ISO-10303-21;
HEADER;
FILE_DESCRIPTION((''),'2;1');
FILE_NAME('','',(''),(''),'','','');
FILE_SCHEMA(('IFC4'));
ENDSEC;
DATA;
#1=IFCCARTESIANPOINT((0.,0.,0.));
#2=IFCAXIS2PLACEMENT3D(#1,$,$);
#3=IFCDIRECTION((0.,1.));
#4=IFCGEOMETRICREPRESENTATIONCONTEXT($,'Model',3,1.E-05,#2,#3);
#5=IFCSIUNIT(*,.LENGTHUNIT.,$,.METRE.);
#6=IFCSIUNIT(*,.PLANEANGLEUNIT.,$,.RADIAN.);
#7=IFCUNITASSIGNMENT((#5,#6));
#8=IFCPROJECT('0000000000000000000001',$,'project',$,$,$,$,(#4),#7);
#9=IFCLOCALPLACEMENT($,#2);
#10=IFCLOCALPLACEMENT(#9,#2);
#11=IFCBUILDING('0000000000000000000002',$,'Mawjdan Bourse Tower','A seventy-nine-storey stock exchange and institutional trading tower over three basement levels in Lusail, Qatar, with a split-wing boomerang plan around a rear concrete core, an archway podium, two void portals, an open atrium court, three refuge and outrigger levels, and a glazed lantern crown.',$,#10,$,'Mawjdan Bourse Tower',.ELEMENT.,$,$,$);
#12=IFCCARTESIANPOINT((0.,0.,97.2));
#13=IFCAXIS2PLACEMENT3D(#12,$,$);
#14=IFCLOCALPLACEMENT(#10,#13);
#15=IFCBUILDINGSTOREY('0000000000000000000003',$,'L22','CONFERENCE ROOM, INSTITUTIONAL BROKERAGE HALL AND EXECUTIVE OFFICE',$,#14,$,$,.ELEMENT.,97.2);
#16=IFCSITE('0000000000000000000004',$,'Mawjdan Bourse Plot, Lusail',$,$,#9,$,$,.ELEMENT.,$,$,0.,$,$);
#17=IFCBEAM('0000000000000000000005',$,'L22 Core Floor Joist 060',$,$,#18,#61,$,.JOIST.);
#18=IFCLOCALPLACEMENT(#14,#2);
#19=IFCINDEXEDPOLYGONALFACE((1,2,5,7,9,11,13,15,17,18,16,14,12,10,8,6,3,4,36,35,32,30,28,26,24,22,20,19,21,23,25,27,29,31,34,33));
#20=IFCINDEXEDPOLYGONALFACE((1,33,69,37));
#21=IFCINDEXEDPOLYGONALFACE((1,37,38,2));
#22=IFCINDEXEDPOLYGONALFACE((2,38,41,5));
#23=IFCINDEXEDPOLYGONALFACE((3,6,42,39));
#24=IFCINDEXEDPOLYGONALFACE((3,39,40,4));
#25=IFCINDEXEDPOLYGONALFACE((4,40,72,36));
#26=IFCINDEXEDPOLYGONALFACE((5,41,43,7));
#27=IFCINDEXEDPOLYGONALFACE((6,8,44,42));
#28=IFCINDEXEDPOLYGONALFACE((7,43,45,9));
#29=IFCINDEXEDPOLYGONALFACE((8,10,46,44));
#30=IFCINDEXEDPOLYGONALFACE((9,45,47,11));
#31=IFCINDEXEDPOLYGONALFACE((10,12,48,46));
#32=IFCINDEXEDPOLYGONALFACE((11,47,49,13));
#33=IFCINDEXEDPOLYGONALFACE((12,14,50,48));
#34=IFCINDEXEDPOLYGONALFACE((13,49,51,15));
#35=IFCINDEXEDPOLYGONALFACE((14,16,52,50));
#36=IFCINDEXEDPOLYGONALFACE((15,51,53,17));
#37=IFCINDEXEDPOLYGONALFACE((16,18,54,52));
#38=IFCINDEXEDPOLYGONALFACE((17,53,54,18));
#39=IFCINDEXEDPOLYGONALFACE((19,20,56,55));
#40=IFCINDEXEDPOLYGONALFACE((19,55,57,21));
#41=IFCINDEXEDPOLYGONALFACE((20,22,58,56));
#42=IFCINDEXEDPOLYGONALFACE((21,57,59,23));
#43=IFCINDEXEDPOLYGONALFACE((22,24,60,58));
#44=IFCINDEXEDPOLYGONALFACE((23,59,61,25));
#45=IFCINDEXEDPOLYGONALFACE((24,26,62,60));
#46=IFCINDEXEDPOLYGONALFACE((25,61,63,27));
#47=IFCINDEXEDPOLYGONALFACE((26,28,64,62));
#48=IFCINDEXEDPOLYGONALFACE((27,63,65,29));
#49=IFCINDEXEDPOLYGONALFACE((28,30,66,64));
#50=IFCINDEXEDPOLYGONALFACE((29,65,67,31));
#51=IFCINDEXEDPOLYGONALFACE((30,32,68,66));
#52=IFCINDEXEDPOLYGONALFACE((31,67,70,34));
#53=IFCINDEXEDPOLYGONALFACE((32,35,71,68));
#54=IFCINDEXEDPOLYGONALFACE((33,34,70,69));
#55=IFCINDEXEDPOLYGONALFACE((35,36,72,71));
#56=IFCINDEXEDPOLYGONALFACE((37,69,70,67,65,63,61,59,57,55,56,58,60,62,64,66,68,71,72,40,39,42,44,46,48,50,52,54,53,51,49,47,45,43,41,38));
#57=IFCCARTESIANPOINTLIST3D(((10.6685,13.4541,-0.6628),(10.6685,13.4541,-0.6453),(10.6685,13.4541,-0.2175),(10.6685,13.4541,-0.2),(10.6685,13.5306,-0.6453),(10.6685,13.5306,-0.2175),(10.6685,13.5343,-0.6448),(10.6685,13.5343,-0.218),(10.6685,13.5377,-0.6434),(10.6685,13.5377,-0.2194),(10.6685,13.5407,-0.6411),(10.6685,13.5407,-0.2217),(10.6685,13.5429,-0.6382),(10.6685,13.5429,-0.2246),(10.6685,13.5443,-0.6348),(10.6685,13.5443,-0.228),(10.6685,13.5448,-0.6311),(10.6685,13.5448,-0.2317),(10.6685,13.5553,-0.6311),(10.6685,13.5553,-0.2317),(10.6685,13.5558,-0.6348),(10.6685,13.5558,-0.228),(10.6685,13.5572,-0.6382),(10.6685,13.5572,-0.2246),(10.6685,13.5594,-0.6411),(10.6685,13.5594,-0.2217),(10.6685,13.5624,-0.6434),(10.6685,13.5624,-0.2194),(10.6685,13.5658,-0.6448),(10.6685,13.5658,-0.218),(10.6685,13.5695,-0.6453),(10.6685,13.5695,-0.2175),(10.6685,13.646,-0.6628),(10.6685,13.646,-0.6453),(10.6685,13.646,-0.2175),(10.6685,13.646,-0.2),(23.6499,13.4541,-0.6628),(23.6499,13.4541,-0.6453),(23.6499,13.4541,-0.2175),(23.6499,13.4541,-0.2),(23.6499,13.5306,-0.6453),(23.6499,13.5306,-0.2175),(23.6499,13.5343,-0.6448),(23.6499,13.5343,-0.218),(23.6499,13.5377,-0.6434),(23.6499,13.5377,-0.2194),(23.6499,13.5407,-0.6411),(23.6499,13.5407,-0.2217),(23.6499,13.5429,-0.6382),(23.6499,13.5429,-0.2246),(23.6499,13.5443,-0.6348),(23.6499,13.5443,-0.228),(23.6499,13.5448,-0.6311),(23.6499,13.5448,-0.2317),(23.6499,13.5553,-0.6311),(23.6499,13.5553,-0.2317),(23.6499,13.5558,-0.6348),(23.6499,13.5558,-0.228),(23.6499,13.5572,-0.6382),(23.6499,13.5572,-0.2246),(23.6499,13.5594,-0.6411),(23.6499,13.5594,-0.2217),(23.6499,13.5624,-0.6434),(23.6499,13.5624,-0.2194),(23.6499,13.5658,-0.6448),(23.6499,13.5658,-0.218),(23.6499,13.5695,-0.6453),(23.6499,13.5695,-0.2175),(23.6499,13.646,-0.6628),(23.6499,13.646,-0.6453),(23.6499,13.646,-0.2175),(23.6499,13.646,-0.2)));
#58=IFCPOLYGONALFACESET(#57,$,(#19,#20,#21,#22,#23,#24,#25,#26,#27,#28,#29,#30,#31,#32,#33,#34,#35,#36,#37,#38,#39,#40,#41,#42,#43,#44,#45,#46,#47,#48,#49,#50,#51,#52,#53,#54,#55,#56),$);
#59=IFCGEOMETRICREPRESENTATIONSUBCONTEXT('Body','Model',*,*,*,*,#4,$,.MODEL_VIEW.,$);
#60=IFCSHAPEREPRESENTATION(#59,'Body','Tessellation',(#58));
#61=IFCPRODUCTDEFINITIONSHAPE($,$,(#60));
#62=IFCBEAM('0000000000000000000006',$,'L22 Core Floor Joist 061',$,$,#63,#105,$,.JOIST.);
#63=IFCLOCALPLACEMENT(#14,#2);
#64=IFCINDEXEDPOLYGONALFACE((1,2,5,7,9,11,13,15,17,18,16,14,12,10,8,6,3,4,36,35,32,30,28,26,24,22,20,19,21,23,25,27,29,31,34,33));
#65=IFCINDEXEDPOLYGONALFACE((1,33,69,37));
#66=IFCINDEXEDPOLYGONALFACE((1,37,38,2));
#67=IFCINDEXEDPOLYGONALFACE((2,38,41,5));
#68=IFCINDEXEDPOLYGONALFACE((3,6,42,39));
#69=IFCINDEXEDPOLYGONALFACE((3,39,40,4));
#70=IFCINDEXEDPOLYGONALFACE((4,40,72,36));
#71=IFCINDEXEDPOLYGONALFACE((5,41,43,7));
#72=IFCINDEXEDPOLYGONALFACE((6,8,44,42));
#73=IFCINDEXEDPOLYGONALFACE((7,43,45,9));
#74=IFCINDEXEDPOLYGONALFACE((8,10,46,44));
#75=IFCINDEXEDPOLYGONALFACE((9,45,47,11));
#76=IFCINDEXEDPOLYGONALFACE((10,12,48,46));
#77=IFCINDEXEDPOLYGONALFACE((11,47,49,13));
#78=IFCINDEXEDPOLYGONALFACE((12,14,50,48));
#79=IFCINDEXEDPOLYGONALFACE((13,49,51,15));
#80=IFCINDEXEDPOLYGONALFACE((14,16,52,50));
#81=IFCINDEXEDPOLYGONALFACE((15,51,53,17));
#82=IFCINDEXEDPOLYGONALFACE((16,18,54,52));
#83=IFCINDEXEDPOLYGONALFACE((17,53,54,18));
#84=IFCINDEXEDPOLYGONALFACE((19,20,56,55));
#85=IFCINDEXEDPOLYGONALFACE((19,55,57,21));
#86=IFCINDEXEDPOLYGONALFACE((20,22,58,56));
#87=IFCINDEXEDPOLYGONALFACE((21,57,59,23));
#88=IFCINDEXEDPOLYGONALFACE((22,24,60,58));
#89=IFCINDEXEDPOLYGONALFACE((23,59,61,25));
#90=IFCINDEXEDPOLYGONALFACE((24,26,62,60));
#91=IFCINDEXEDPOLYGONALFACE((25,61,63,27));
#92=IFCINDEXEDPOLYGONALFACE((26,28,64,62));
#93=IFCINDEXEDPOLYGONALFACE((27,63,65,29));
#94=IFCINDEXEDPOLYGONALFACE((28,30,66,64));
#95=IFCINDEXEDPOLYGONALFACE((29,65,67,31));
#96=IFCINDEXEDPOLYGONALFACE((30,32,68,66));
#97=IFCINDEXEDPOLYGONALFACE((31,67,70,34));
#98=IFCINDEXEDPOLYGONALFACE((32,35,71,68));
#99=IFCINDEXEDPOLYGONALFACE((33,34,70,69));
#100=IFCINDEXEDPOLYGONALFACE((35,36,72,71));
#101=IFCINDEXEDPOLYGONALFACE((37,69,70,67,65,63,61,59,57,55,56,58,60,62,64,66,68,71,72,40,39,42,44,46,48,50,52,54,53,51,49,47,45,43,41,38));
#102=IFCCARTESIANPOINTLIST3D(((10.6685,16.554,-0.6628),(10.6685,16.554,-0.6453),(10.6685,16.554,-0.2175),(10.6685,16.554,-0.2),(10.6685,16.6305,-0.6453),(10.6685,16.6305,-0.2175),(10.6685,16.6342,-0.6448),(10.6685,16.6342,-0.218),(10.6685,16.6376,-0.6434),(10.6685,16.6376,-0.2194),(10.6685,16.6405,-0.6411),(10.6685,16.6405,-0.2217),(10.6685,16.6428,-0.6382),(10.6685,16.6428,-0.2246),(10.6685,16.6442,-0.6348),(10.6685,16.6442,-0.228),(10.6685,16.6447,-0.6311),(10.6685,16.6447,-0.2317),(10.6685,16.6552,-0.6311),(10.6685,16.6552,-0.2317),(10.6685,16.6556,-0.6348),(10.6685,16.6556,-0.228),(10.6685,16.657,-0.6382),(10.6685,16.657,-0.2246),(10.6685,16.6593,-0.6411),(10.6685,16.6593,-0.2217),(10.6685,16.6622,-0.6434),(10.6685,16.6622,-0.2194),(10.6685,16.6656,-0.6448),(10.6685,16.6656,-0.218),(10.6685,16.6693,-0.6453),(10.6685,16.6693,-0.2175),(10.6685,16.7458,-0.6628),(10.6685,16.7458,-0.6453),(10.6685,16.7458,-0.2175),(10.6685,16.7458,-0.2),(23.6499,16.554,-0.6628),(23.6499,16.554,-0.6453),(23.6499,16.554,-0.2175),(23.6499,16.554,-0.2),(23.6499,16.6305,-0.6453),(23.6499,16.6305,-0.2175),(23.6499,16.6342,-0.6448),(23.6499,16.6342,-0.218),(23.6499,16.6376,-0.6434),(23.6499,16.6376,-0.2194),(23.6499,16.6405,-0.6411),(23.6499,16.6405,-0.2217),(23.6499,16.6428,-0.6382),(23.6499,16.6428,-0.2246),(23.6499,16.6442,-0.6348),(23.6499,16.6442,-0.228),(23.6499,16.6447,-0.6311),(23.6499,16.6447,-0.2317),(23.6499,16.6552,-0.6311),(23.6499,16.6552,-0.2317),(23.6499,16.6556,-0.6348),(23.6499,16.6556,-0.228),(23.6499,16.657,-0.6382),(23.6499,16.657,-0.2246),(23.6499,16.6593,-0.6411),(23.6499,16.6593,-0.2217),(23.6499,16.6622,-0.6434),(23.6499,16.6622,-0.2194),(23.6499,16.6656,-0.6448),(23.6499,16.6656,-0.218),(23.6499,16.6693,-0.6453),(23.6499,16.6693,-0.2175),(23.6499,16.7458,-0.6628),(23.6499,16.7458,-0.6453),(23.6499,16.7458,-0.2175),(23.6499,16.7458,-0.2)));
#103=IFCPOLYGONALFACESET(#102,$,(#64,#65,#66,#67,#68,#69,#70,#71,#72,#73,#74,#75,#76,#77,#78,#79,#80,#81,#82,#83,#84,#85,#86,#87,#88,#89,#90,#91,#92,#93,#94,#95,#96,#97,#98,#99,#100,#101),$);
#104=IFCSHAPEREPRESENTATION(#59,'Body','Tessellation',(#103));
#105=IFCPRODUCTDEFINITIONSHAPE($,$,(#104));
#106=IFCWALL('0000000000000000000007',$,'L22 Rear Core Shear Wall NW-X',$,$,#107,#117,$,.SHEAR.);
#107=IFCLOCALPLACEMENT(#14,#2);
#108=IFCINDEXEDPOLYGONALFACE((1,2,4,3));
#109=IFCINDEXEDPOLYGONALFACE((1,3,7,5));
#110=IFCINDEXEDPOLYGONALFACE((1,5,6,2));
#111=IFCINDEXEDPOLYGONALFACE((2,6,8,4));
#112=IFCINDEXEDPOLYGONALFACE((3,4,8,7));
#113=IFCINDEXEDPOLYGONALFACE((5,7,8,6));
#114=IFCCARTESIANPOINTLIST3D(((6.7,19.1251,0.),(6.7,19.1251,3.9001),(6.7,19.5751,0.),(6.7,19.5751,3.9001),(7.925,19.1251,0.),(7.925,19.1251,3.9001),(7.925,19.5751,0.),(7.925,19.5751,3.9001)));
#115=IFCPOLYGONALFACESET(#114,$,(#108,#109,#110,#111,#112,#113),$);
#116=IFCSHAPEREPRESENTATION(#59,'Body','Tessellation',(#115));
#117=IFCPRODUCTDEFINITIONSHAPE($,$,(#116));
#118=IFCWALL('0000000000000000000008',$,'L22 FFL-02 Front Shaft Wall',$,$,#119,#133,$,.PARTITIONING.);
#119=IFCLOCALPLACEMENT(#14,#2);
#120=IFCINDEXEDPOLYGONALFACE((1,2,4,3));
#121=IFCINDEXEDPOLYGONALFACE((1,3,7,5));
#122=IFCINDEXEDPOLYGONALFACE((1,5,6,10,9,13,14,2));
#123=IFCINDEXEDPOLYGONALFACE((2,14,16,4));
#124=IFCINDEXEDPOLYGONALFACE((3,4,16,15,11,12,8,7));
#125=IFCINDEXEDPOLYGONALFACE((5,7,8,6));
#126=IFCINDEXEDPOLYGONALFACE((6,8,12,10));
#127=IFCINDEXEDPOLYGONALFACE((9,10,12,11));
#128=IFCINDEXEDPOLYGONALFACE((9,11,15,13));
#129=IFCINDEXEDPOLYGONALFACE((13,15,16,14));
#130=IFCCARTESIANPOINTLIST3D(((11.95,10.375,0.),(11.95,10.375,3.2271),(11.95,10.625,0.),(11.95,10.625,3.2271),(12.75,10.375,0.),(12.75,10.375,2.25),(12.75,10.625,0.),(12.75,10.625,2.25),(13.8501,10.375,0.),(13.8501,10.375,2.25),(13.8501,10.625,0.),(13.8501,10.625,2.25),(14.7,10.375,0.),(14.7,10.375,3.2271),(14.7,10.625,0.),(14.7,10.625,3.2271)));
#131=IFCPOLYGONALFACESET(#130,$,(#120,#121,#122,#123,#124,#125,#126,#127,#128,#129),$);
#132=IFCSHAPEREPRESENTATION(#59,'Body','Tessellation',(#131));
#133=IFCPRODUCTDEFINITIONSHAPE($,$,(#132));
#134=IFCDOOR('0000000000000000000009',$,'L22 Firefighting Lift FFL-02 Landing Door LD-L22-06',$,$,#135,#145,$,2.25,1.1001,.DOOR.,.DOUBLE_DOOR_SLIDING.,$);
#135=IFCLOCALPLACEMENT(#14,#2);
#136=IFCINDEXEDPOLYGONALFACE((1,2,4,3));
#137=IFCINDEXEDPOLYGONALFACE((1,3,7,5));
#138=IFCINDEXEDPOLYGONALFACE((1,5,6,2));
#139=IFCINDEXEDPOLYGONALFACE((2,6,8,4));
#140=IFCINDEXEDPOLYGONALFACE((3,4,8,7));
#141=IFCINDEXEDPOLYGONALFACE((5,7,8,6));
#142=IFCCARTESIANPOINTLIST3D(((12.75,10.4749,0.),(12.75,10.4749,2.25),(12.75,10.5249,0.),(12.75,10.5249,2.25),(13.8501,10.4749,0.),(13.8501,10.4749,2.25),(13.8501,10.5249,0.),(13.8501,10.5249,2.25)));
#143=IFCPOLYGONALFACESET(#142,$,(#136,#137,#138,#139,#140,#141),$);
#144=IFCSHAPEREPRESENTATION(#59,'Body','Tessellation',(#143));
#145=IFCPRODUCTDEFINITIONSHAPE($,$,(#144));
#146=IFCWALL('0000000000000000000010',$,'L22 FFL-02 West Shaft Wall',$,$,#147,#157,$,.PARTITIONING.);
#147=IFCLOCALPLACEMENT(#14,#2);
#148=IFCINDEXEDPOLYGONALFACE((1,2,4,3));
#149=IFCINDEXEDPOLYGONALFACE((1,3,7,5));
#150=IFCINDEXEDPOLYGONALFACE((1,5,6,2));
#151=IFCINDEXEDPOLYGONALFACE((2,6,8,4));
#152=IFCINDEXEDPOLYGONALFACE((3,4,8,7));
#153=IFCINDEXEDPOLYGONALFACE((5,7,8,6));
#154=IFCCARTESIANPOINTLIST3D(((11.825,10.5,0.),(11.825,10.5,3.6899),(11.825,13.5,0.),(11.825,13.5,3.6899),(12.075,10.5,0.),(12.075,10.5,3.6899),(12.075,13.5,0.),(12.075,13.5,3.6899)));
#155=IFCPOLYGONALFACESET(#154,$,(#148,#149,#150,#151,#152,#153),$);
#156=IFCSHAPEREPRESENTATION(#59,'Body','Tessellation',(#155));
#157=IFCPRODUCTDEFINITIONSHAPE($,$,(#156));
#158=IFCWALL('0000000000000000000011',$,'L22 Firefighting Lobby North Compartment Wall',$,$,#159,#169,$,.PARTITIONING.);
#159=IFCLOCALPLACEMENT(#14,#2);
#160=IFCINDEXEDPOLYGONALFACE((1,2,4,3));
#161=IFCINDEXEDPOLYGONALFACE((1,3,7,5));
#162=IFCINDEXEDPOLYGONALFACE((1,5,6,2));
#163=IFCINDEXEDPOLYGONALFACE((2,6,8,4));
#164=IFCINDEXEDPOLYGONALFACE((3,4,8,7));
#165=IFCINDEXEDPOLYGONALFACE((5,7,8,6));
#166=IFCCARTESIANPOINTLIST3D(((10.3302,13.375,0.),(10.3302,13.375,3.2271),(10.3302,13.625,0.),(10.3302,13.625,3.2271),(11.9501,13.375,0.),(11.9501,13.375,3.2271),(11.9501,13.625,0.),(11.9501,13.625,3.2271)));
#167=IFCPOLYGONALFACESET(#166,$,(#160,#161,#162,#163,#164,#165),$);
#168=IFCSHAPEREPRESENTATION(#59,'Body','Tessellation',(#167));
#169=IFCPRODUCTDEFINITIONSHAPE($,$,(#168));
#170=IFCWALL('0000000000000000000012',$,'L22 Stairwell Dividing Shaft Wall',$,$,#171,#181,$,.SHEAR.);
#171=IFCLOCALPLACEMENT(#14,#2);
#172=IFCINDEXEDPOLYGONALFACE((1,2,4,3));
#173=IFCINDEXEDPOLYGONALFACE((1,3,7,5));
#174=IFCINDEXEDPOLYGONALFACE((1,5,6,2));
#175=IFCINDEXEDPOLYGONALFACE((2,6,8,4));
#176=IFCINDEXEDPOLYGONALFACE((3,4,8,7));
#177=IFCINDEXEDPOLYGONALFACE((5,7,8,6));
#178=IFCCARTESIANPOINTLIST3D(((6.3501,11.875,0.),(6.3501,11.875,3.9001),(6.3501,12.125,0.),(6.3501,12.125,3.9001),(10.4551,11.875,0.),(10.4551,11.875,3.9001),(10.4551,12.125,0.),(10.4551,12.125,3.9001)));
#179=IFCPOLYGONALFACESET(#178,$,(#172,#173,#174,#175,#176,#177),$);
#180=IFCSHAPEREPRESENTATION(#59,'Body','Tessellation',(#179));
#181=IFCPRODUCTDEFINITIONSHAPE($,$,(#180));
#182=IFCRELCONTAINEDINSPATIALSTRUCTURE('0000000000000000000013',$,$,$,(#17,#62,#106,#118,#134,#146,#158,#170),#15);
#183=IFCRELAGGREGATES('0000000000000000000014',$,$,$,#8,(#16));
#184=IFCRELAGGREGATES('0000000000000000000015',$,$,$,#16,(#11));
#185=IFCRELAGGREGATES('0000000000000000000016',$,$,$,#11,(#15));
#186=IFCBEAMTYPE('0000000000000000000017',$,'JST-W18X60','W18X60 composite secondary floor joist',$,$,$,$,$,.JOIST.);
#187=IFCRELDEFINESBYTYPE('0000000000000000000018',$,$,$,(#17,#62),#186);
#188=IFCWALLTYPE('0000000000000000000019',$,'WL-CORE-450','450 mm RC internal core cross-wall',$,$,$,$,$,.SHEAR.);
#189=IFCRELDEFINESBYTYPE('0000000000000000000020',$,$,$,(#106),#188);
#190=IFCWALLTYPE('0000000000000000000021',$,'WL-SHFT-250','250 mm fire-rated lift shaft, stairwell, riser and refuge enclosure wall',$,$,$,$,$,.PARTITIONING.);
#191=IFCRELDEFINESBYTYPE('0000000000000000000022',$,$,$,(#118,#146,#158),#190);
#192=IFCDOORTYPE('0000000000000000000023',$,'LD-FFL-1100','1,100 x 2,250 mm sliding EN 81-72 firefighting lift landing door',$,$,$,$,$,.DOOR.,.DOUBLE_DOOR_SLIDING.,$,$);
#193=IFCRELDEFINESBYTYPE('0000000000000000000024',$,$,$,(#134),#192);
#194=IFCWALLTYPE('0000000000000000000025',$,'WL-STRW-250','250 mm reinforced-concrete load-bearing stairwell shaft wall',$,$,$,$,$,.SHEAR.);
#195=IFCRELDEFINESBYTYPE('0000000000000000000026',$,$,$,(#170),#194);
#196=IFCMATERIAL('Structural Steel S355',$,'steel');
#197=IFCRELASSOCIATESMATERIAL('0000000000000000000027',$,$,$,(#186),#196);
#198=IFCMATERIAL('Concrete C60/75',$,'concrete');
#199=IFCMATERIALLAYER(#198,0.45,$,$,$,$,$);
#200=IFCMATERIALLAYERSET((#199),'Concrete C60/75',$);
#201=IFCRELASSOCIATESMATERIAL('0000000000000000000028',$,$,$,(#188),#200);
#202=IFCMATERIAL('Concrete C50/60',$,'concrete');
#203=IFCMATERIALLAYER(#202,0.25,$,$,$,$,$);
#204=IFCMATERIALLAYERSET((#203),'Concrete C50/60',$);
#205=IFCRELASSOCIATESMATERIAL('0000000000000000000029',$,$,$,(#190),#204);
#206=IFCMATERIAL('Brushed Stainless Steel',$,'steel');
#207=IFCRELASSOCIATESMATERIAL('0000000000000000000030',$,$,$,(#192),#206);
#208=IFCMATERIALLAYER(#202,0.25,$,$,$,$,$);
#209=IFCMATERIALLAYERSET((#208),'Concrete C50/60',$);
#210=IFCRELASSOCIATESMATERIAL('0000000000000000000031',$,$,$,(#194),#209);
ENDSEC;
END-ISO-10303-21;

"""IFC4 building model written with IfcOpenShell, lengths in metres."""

from ifc_helpers import new_model, si_unit, direction, frame, frame_2d, origin, origin_2d, place, context, subcontext, project, spatial, rectangle, i_section, extrude, material, layer, layer_set, material_profile, profile_set, type_object, element, fill, save


model = new_model("IFC4")

# Units and contexts
model_context = context("Model", 3, precision=1e-05, world=origin(), true_north=direction((0.0, 1.0)))
body_context = subcontext(model_context, "Body", "Model", "MODEL_VIEW")
ifc_project = project(units=[si_unit("LENGTHUNIT", "METRE"), si_unit("PLANEANGLEUNIT", "RADIAN")], contexts=[model_context])

# Site, building, storey
site_placement = place(None, origin())
site = spatial("IfcSite", under=ifc_project, at=site_placement, Name="Mawjdan Bourse Plot, Lusail", CompositionType="ELEMENT", RefElevation=0.0)
building_placement = place(site_placement, origin())
building = spatial("IfcBuilding", under=site, at=building_placement, Name="Mawjdan Bourse Tower", Description="A seventy-nine-storey stock exchange and institutional trading tower over three basement levels in Lusail, Qatar, with a split-wing boomerang plan around a rear concrete core, an archway podium, two void portals, an open atrium court, three refuge and outrigger levels, and a glazed lantern crown.", LongName="Mawjdan Bourse Tower", CompositionType="ELEMENT")
storey_placement = place(building_placement, frame((0.0, 0.0, 97.2)))
storey = spatial("IfcBuildingStorey", under=building, at=storey_placement, Name="L22", Description="CONFERENCE ROOM, INSTITUTIONAL BROKERAGE HALL AND EXECUTIVE OFFICE", CompositionType="ELEMENT", Elevation=97.2)

# Beams
ifc_material_1 = material(Name="Structural Steel S355", Category="steel")
ifc_material_profile = material_profile(ifc_material_1, i_section(OverallWidth=0.1919, OverallDepth=0.4629, WebThickness=0.0105, FlangeThickness=0.0176, FilletRadius=0.0142, at=origin_2d()), Name="W18X60")
ifc_profile_set = profile_set([ifc_material_profile], Name="Structural Steel S355")
beam_type = type_object("IfcBeamType", Name="JST-W18X60", Description="W18X60 composite secondary floor joist", PredefinedType="JOIST", material=ifc_profile_set)
for number, where, z_axis, x_axis, name in (
    (1, (10.6685, 13.55, -0.4314), (1.0, 0.0, 0.0), (0.0, 1.0, 0.0), "L22 Core Floor Joist 060"),
    (2, (10.6685, 16.6499, -0.4314), (1.0, 0.0, 0.0), (0.0, 1.0, 0.0), "L22 Core Floor Joist 061"),
):
    element("IfcBeam", number, at=place(storey_placement, frame(where, z_axis=z_axis, x_axis=x_axis)), inside=storey, type_object=beam_type, Name=name, PredefinedType="JOIST", context=body_context, shape_type="SweptSolid", body=[
        extrude(i_section(OverallWidth=0.1919, OverallDepth=0.4629, WebThickness=0.0105, FlangeThickness=0.0176, FilletRadius=0.0142, at=origin_2d()), origin(), (0.0, 0.0, 1.0), 12.9814),
    ])

# Wall
ifc_material_2 = material(Name="Concrete C60/75", Category="concrete")
ifc_layer_1 = layer(ifc_material_2, 0.45)
ifc_layer_set_1 = layer_set([ifc_layer_1], Name="Concrete C60/75")
wall_type_1 = type_object("IfcWallType", Name="WL-CORE-450", Description="450 mm RC internal core cross-wall", PredefinedType="SHEAR", material=ifc_layer_set_1)
wall_1_placement = place(storey_placement, frame((6.7, 19.3501, 0.0), z_axis=(0.0, 0.0, 1.0), x_axis=(1.0, 0.0, 0.0)))
element("IfcWall", 3, at=wall_1_placement, inside=storey, type_object=wall_type_1, Name="L22 Rear Core Shear Wall NW-X", PredefinedType="SHEAR", context=body_context, shape_type="SweptSolid", body=[
    extrude(rectangle(XDim=1.2251, YDim=0.45, at=frame_2d((0.6125, 0.0))), origin(), (0.0, 0.0, 1.0), 3.9001),
])

# Wall, opening, door
ifc_material_3 = material(Name="Concrete C50/60", Category="concrete")
ifc_layer_2 = layer(ifc_material_3, 0.25)
ifc_layer_set_2 = layer_set([ifc_layer_2], Name="Concrete C50/60")
wall_type_2 = type_object("IfcWallType", Name="WL-SHFT-250", Description="250 mm fire-rated lift shaft, stairwell, riser and refuge enclosure wall", PredefinedType="PARTITIONING", material=ifc_layer_set_2)
wall_2_placement = place(storey_placement, frame((11.95, 10.5, 0.0), z_axis=(0.0, 0.0, 1.0), x_axis=(1.0, 0.0, 0.0)))
wall_2 = element("IfcWall", 4, at=wall_2_placement, inside=storey, type_object=wall_type_2, Name="L22 FFL-02 Front Shaft Wall", PredefinedType="PARTITIONING", context=body_context, shape_type="SweptSolid", body=[
    extrude(rectangle(XDim=2.75, YDim=0.25, at=frame_2d((1.375, 0.0))), origin(), (0.0, 0.0, 1.0), 3.2271),
])
opening_1_placement = place(wall_2_placement, frame((0.8, 0.0, 0.0)))
opening_1 = element("IfcOpeningElement", 5, at=opening_1_placement, cuts=wall_2, PredefinedType="OPENING", context=body_context, shape_type="SweptSolid", body=[
    extrude(rectangle(XDim=1.1001, YDim=2.25, at=frame_2d((0.55, 1.125))), frame((0.0, 0.135, 0.0), z_axis=(0.0, -1.0, 0.0), x_axis=(1.0, 0.0, 0.0)), (0.0, 0.0, 1.0), 0.27),
])
ifc_material_4 = material(Name="Brushed Stainless Steel", Category="steel")
door_type_1 = type_object("IfcDoorType", Name="LD-FFL-1100", Description="1,100 x 2,250 mm sliding EN 81-72 firefighting lift landing door", OperationType="DOUBLE_DOOR_SLIDING", PredefinedType="DOOR", material=ifc_material_4)
door_1_placement = place(opening_1_placement, origin())
door_1 = element("IfcDoor", 6, at=door_1_placement, inside=storey, type_object=door_type_1, Name="L22 Firefighting Lift FFL-02 Landing Door LD-L22-06", OperationType="DOUBLE_DOOR_SLIDING", OverallHeight=2.25, OverallWidth=1.1001, PredefinedType="DOOR", context=body_context, shape_type="SweptSolid", body=[
    extrude(rectangle(XDim=1.1001, YDim=2.25, at=frame_2d((0.55, 1.125))), frame((0.0, 0.0249, 0.0), z_axis=(0.0, -1.0, 0.0), x_axis=(1.0, 0.0, 0.0)), (0.0, 0.0, 1.0), 0.05),
])
fill(opening_1, door_1)

# Walls
wall_3_placement = place(storey_placement, frame((11.95, 10.5, 0.0), z_axis=(0.0, 0.0, 1.0), x_axis=(0.0, 1.0, 0.0)))
element("IfcWall", 7, at=wall_3_placement, inside=storey, type_object=wall_type_2, Name="L22 FFL-02 West Shaft Wall", PredefinedType="PARTITIONING", context=body_context, shape_type="SweptSolid", body=[
    extrude(rectangle(XDim=3.0, YDim=0.25, at=frame_2d((1.5, 0.0))), origin(), (0.0, 0.0, 1.0), 3.6899),
])
wall_4_placement = place(storey_placement, frame((10.3301, 13.5, 0.0), z_axis=(0.0, 0.0, 1.0), x_axis=(1.0, 0.0, 0.0)))
element("IfcWall", 8, at=wall_4_placement, inside=storey, type_object=wall_type_2, Name="L22 Firefighting Lobby North Compartment Wall", PredefinedType="PARTITIONING", context=body_context, shape_type="SweptSolid", body=[
    extrude(rectangle(XDim=1.6199, YDim=0.25, at=frame_2d((0.8101, 0.0))), origin(), (0.0, 0.0, 1.0), 3.2271),
])
ifc_layer_3 = layer(ifc_material_3, 0.25)
ifc_layer_set_3 = layer_set([ifc_layer_3], Name="Concrete C50/60")
wall_type_3 = type_object("IfcWallType", Name="WL-STRW-250", Description="250 mm reinforced-concrete load-bearing stairwell shaft wall", PredefinedType="SHEAR", material=ifc_layer_set_3)
wall_5_placement = place(storey_placement, frame((6.3501, 12.0, 0.0), z_axis=(0.0, 0.0, 1.0), x_axis=(1.0, 0.0, 0.0)))
element("IfcWall", 9, at=wall_5_placement, inside=storey, type_object=wall_type_3, Name="L22 Stairwell Dividing Shaft Wall", PredefinedType="SHEAR", context=body_context, shape_type="SweptSolid", body=[
    extrude(rectangle(XDim=4.105, YDim=0.25, at=frame_2d((2.0525, 0.0))), origin(), (0.0, 0.0, 1.0), 3.9001),
])

save(model, "model.ifc")
